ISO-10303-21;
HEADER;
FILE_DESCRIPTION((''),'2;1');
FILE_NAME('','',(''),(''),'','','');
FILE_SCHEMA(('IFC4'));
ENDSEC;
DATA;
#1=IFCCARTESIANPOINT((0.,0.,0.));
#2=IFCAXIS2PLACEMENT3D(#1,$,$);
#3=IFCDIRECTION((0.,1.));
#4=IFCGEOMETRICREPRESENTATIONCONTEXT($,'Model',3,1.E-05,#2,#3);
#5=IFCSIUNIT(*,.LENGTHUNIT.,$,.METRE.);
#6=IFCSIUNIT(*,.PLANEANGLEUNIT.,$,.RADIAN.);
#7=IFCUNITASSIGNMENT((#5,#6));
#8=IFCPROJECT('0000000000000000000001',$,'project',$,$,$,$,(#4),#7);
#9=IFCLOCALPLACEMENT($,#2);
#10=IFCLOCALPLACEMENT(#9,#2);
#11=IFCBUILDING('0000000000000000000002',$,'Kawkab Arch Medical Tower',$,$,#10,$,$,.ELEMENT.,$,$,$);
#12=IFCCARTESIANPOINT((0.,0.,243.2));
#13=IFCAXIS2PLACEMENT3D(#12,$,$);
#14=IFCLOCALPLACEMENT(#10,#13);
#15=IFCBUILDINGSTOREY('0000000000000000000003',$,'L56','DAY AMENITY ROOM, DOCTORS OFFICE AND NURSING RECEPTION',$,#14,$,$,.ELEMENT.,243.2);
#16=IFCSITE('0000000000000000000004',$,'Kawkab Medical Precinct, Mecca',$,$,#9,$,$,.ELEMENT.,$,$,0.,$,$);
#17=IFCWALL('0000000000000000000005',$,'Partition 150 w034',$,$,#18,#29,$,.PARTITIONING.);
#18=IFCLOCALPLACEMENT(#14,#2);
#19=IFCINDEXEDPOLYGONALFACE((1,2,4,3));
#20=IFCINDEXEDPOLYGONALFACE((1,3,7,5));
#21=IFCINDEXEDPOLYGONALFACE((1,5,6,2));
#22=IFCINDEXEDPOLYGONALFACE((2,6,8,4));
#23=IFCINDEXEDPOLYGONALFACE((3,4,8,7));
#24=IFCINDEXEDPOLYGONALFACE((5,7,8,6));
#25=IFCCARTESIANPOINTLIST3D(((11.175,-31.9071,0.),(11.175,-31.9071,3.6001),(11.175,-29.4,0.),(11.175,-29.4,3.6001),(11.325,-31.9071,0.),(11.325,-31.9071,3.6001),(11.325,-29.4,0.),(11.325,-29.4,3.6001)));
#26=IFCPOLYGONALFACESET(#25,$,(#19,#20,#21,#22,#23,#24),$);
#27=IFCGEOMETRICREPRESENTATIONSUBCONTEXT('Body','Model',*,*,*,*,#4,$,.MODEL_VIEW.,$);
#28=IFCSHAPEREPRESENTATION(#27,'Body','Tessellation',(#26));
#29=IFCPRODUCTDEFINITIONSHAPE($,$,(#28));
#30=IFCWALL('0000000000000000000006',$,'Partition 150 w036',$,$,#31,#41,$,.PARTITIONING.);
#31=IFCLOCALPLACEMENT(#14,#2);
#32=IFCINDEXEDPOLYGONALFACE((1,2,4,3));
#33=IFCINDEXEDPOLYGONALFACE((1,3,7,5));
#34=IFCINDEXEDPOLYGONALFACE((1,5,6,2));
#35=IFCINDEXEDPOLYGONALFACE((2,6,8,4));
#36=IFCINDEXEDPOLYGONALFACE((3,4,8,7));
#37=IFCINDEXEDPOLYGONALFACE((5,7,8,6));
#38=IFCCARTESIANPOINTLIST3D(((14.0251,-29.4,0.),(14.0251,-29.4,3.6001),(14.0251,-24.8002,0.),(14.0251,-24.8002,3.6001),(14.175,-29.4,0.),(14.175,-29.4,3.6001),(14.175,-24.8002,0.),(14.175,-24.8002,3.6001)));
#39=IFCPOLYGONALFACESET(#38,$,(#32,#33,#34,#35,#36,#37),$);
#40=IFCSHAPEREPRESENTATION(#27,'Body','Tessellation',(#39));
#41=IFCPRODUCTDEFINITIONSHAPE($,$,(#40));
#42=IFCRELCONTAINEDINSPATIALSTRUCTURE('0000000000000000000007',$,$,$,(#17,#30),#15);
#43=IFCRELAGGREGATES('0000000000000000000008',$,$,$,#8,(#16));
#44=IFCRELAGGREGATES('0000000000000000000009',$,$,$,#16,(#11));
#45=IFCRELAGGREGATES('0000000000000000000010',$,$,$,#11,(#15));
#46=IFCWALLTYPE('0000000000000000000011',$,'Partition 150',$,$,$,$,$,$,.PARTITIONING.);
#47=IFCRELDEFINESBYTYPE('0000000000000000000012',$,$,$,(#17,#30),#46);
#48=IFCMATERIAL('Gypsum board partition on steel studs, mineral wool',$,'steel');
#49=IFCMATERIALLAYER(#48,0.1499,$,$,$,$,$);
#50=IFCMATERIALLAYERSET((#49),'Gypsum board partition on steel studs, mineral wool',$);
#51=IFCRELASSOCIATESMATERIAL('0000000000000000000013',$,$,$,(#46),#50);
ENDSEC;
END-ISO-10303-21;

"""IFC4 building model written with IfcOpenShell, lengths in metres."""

from ifc_helpers import new_model, si_unit, direction, frame, frame_2d, origin, place, context, subcontext, project, spatial, rectangle, extrude, material, layer, layer_set, type_object, element, save


model = new_model("IFC4")

# Units and contexts
model_context = context("Model", 3, precision=1e-05, world=origin(), true_north=direction((0.0, 1.0)))
body_context = subcontext(model_context, "Body", "Model", "MODEL_VIEW")
ifc_project = project(units=[si_unit("LENGTHUNIT", "METRE"), si_unit("PLANEANGLEUNIT", "RADIAN")], contexts=[model_context])

# Site, building, storey
site_placement = place(None, origin())
site = spatial("IfcSite", under=ifc_project, at=site_placement, Name="Kawkab Medical Precinct, Mecca", CompositionType="ELEMENT", RefElevation=0.0)
building_placement = place(site_placement, origin())
building = spatial("IfcBuilding", under=site, at=building_placement, Name="Kawkab Arch Medical Tower", CompositionType="ELEMENT")
storey_placement = place(building_placement, frame((0.0, 0.0, 243.2)))
storey = spatial("IfcBuildingStorey", under=building, at=storey_placement, Name="L56", Description="DAY AMENITY ROOM, DOCTORS OFFICE AND NURSING RECEPTION", CompositionType="ELEMENT", Elevation=243.2)

# Shared definitions
ifc_material_1 = material(Name="Gypsum board partition on steel studs, mineral wool", Category="steel")
ifc_layer_1 = layer(ifc_material_1, 0.1499)
ifc_layer_set_1 = layer_set([ifc_layer_1], Name="Gypsum board partition on steel studs, mineral wool")
wall_type_1 = type_object("IfcWallType", Name="Partition 150", PredefinedType="PARTITIONING", material=ifc_layer_set_1)

# Walls
wall_1_placement = place(storey_placement, frame((11.25, -31.907, 0.0), z_axis=(0.0, 0.0, 1.0), x_axis=(0.0, 1.0, 0.0)))
element("IfcWall", 1, at=wall_1_placement, inside=storey, type_object=wall_type_1, Name="Partition 150 w034", PredefinedType="PARTITIONING", context=body_context, shape_type="SweptSolid", body=[
    extrude(rectangle(XDim=2.5071, YDim=0.1499, at=frame_2d((1.2534, 0.0))), origin(), (0.0, 0.0, 1.0), 3.6001),
])
wall_2_placement = place(storey_placement, frame((14.1001, -29.3999, 0.0), z_axis=(0.0, 0.0, 1.0), x_axis=(0.0, 1.0, 0.0)))
element("IfcWall", 2, at=wall_2_placement, inside=storey, type_object=wall_type_1, Name="Partition 150 w036", PredefinedType="PARTITIONING", context=body_context, shape_type="SweptSolid", body=[
    extrude(rectangle(XDim=4.5999, YDim=0.1499, at=frame_2d((2.2998, 0.0))), origin(), (0.0, 0.0, 1.0), 3.6001),
])

save(model, "model.ifc")
